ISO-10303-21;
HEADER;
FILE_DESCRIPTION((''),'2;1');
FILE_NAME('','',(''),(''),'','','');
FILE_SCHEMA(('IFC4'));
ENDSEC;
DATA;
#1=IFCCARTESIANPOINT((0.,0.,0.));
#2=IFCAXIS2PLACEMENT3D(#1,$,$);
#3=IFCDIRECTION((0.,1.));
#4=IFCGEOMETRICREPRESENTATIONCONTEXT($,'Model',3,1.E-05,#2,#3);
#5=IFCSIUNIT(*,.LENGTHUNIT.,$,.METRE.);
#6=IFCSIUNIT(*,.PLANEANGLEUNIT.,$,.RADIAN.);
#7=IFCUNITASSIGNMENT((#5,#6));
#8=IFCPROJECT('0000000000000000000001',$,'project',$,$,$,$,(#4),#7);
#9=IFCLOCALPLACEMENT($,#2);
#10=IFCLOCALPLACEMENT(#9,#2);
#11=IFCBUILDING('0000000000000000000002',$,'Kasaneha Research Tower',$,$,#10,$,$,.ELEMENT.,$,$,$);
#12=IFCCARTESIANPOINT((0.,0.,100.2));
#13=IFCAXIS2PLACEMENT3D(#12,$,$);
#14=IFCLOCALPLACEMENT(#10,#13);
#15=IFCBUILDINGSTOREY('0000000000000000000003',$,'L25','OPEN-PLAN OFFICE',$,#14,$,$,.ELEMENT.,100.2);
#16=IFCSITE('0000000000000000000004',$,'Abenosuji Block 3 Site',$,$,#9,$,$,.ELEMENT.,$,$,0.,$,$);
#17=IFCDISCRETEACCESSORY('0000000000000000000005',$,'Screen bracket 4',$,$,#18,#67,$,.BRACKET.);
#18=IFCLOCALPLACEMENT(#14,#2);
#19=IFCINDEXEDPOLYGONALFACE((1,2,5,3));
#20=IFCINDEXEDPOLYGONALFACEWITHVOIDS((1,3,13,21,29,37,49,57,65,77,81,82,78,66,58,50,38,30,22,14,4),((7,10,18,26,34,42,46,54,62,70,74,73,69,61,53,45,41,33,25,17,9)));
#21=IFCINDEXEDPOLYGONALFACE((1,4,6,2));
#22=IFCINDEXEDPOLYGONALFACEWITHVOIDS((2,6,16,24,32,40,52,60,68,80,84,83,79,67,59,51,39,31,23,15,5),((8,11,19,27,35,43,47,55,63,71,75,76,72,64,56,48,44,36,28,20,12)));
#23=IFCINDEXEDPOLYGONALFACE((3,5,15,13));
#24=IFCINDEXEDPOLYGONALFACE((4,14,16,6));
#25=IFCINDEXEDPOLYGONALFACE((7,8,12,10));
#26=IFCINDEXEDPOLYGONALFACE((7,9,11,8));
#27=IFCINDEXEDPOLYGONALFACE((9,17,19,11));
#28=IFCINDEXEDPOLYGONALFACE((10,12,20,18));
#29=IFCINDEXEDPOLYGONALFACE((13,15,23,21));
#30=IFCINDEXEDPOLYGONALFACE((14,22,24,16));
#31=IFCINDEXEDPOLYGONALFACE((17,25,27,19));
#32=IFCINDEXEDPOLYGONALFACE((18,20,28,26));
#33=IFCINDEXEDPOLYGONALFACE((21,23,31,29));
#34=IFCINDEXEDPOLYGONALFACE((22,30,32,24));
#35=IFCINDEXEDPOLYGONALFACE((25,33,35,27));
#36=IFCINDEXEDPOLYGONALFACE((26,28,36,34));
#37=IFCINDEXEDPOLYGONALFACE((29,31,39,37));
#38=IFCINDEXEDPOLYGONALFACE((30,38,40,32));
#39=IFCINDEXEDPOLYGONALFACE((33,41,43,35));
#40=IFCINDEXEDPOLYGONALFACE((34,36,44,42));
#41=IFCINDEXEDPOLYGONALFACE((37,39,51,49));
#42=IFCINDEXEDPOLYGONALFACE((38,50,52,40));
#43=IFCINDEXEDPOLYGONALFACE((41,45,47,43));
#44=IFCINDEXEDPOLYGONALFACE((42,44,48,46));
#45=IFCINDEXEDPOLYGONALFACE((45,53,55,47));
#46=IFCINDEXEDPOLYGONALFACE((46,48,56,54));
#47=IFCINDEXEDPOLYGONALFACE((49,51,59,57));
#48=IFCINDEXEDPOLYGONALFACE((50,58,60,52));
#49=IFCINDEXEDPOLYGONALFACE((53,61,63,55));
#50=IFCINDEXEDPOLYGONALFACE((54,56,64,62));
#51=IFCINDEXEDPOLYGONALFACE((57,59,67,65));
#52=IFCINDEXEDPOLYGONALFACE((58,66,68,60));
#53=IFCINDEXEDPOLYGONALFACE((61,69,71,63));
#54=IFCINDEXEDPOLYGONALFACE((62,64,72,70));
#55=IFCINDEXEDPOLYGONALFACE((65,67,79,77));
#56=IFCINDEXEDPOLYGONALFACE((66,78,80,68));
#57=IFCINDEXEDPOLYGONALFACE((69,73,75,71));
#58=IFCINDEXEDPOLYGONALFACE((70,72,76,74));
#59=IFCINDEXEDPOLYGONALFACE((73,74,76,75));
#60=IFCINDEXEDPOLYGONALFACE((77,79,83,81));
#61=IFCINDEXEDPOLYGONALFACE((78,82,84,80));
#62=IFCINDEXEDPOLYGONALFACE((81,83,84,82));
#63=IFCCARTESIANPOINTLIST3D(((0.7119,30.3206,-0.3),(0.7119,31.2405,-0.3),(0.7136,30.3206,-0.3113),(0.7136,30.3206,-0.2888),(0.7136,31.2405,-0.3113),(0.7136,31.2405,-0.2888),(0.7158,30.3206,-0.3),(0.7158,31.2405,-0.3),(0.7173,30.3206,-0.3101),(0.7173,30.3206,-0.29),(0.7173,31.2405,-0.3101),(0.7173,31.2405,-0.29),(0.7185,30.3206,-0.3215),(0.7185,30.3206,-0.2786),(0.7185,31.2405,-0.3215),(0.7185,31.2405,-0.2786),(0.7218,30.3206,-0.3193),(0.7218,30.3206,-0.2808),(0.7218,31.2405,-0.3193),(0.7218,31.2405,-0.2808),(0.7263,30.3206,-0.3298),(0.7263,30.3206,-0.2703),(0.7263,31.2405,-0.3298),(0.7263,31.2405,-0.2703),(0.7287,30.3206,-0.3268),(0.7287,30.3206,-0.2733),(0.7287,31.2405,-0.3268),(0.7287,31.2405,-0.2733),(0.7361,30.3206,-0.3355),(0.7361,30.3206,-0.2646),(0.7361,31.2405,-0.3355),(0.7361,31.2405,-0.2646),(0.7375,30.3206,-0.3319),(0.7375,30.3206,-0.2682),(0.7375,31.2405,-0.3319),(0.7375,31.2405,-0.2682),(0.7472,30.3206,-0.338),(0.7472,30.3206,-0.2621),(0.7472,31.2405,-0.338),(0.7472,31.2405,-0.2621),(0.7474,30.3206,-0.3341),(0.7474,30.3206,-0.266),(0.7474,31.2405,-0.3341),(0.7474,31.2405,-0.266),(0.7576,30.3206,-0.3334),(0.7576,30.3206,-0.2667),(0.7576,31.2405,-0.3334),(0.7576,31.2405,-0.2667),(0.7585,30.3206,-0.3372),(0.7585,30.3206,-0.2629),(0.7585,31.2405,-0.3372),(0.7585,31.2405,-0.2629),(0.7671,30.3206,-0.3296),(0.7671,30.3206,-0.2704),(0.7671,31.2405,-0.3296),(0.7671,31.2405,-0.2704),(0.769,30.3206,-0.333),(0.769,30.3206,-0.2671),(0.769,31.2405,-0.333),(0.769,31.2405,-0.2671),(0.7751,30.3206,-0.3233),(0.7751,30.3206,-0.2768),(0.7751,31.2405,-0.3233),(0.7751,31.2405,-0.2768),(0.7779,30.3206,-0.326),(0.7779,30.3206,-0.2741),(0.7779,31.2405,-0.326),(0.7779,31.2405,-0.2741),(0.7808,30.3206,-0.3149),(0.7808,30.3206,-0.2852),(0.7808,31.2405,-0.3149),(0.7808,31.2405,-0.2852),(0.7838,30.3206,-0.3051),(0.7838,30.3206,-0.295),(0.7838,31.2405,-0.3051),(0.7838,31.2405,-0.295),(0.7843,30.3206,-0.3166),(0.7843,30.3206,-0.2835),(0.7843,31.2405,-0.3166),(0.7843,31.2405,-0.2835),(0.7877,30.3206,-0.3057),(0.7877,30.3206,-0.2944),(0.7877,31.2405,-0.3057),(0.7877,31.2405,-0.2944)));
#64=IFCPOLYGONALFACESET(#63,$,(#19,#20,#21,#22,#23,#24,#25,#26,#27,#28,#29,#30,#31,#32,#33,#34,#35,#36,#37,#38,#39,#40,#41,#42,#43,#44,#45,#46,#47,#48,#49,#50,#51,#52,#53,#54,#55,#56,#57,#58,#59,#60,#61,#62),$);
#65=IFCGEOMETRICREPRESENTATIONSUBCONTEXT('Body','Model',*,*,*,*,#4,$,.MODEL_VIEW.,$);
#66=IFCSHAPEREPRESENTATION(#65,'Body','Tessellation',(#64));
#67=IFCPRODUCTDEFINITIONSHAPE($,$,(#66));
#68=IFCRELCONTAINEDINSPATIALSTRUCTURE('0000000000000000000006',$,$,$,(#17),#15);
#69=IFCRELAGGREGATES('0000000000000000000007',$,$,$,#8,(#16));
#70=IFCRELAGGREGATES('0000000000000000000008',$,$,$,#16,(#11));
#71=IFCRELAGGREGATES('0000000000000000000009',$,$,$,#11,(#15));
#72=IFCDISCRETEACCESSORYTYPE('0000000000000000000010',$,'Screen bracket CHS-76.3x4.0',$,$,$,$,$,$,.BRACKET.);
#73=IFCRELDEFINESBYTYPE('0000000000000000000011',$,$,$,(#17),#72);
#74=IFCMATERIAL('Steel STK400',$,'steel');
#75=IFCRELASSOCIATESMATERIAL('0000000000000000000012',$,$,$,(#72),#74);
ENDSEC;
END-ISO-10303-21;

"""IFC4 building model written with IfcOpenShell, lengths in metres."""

from ifc_helpers import new_model, si_unit, direction, frame, origin, origin_2d, place, context, subcontext, project, spatial, hollow_circle, extrude, material, material_profile, profile_set, type_object, element, save


model = new_model("IFC4")

# Units and contexts
model_context = context("Model", 3, precision=1e-05, world=origin(), true_north=direction((0.0, 1.0)))
body_context = subcontext(model_context, "Body", "Model", "MODEL_VIEW")
ifc_project = project(units=[si_unit("LENGTHUNIT", "METRE"), si_unit("PLANEANGLEUNIT", "RADIAN")], contexts=[model_context])

# Site, building, storey
site_placement = place(None, origin())
site = spatial("IfcSite", under=ifc_project, at=site_placement, Name="Abenosuji Block 3 Site", CompositionType="ELEMENT", RefElevation=0.0)
building_placement = place(site_placement, origin())
building = spatial("IfcBuilding", under=site, at=building_placement, Name="Kasaneha Research Tower", CompositionType="ELEMENT")
storey_placement = place(building_placement, frame((0.0, 0.0, 100.2)))
storey = spatial("IfcBuildingStorey", under=building, at=storey_placement, Name="L25", Description="OPEN-PLAN OFFICE", CompositionType="ELEMENT", Elevation=100.2)

# Discrete accessory
ifc_material_1 = material(Name="Steel STK400", Category="steel")
ifc_material_profile_1 = material_profile(ifc_material_1, hollow_circle(Radius=0.0381, WallThickness=0.0039, at=origin_2d()), Name="CHS-76.3x4.0")
ifc_profile_set_1 = profile_set([ifc_material_profile_1], Name="Steel STK400")
discrete_accessory_type = type_object("IfcDiscreteAccessoryType", Name="Screen bracket CHS-76.3x4.0", PredefinedType="BRACKET", material=ifc_profile_set_1)
for number, where, z_axis, x_axis, name in (
    (1, (0.75, 30.3206, -0.3), (0.0, 1.0, 0.0), (-1.0, 0.0, 0.0), "Screen bracket 4"),
):
    element("IfcDiscreteAccessory", number, at=place(storey_placement, frame(where, z_axis=z_axis, x_axis=x_axis)), inside=storey, type_object=discrete_accessory_type, Name=name, PredefinedType="BRACKET", context=body_context, shape_type="SweptSolid", body=[
        extrude(hollow_circle(Radius=0.0381, WallThickness=0.0039, at=origin_2d()), origin(), (0.0, 0.0, 1.0), 0.9199),
    ])

save(model, "model.ifc")
